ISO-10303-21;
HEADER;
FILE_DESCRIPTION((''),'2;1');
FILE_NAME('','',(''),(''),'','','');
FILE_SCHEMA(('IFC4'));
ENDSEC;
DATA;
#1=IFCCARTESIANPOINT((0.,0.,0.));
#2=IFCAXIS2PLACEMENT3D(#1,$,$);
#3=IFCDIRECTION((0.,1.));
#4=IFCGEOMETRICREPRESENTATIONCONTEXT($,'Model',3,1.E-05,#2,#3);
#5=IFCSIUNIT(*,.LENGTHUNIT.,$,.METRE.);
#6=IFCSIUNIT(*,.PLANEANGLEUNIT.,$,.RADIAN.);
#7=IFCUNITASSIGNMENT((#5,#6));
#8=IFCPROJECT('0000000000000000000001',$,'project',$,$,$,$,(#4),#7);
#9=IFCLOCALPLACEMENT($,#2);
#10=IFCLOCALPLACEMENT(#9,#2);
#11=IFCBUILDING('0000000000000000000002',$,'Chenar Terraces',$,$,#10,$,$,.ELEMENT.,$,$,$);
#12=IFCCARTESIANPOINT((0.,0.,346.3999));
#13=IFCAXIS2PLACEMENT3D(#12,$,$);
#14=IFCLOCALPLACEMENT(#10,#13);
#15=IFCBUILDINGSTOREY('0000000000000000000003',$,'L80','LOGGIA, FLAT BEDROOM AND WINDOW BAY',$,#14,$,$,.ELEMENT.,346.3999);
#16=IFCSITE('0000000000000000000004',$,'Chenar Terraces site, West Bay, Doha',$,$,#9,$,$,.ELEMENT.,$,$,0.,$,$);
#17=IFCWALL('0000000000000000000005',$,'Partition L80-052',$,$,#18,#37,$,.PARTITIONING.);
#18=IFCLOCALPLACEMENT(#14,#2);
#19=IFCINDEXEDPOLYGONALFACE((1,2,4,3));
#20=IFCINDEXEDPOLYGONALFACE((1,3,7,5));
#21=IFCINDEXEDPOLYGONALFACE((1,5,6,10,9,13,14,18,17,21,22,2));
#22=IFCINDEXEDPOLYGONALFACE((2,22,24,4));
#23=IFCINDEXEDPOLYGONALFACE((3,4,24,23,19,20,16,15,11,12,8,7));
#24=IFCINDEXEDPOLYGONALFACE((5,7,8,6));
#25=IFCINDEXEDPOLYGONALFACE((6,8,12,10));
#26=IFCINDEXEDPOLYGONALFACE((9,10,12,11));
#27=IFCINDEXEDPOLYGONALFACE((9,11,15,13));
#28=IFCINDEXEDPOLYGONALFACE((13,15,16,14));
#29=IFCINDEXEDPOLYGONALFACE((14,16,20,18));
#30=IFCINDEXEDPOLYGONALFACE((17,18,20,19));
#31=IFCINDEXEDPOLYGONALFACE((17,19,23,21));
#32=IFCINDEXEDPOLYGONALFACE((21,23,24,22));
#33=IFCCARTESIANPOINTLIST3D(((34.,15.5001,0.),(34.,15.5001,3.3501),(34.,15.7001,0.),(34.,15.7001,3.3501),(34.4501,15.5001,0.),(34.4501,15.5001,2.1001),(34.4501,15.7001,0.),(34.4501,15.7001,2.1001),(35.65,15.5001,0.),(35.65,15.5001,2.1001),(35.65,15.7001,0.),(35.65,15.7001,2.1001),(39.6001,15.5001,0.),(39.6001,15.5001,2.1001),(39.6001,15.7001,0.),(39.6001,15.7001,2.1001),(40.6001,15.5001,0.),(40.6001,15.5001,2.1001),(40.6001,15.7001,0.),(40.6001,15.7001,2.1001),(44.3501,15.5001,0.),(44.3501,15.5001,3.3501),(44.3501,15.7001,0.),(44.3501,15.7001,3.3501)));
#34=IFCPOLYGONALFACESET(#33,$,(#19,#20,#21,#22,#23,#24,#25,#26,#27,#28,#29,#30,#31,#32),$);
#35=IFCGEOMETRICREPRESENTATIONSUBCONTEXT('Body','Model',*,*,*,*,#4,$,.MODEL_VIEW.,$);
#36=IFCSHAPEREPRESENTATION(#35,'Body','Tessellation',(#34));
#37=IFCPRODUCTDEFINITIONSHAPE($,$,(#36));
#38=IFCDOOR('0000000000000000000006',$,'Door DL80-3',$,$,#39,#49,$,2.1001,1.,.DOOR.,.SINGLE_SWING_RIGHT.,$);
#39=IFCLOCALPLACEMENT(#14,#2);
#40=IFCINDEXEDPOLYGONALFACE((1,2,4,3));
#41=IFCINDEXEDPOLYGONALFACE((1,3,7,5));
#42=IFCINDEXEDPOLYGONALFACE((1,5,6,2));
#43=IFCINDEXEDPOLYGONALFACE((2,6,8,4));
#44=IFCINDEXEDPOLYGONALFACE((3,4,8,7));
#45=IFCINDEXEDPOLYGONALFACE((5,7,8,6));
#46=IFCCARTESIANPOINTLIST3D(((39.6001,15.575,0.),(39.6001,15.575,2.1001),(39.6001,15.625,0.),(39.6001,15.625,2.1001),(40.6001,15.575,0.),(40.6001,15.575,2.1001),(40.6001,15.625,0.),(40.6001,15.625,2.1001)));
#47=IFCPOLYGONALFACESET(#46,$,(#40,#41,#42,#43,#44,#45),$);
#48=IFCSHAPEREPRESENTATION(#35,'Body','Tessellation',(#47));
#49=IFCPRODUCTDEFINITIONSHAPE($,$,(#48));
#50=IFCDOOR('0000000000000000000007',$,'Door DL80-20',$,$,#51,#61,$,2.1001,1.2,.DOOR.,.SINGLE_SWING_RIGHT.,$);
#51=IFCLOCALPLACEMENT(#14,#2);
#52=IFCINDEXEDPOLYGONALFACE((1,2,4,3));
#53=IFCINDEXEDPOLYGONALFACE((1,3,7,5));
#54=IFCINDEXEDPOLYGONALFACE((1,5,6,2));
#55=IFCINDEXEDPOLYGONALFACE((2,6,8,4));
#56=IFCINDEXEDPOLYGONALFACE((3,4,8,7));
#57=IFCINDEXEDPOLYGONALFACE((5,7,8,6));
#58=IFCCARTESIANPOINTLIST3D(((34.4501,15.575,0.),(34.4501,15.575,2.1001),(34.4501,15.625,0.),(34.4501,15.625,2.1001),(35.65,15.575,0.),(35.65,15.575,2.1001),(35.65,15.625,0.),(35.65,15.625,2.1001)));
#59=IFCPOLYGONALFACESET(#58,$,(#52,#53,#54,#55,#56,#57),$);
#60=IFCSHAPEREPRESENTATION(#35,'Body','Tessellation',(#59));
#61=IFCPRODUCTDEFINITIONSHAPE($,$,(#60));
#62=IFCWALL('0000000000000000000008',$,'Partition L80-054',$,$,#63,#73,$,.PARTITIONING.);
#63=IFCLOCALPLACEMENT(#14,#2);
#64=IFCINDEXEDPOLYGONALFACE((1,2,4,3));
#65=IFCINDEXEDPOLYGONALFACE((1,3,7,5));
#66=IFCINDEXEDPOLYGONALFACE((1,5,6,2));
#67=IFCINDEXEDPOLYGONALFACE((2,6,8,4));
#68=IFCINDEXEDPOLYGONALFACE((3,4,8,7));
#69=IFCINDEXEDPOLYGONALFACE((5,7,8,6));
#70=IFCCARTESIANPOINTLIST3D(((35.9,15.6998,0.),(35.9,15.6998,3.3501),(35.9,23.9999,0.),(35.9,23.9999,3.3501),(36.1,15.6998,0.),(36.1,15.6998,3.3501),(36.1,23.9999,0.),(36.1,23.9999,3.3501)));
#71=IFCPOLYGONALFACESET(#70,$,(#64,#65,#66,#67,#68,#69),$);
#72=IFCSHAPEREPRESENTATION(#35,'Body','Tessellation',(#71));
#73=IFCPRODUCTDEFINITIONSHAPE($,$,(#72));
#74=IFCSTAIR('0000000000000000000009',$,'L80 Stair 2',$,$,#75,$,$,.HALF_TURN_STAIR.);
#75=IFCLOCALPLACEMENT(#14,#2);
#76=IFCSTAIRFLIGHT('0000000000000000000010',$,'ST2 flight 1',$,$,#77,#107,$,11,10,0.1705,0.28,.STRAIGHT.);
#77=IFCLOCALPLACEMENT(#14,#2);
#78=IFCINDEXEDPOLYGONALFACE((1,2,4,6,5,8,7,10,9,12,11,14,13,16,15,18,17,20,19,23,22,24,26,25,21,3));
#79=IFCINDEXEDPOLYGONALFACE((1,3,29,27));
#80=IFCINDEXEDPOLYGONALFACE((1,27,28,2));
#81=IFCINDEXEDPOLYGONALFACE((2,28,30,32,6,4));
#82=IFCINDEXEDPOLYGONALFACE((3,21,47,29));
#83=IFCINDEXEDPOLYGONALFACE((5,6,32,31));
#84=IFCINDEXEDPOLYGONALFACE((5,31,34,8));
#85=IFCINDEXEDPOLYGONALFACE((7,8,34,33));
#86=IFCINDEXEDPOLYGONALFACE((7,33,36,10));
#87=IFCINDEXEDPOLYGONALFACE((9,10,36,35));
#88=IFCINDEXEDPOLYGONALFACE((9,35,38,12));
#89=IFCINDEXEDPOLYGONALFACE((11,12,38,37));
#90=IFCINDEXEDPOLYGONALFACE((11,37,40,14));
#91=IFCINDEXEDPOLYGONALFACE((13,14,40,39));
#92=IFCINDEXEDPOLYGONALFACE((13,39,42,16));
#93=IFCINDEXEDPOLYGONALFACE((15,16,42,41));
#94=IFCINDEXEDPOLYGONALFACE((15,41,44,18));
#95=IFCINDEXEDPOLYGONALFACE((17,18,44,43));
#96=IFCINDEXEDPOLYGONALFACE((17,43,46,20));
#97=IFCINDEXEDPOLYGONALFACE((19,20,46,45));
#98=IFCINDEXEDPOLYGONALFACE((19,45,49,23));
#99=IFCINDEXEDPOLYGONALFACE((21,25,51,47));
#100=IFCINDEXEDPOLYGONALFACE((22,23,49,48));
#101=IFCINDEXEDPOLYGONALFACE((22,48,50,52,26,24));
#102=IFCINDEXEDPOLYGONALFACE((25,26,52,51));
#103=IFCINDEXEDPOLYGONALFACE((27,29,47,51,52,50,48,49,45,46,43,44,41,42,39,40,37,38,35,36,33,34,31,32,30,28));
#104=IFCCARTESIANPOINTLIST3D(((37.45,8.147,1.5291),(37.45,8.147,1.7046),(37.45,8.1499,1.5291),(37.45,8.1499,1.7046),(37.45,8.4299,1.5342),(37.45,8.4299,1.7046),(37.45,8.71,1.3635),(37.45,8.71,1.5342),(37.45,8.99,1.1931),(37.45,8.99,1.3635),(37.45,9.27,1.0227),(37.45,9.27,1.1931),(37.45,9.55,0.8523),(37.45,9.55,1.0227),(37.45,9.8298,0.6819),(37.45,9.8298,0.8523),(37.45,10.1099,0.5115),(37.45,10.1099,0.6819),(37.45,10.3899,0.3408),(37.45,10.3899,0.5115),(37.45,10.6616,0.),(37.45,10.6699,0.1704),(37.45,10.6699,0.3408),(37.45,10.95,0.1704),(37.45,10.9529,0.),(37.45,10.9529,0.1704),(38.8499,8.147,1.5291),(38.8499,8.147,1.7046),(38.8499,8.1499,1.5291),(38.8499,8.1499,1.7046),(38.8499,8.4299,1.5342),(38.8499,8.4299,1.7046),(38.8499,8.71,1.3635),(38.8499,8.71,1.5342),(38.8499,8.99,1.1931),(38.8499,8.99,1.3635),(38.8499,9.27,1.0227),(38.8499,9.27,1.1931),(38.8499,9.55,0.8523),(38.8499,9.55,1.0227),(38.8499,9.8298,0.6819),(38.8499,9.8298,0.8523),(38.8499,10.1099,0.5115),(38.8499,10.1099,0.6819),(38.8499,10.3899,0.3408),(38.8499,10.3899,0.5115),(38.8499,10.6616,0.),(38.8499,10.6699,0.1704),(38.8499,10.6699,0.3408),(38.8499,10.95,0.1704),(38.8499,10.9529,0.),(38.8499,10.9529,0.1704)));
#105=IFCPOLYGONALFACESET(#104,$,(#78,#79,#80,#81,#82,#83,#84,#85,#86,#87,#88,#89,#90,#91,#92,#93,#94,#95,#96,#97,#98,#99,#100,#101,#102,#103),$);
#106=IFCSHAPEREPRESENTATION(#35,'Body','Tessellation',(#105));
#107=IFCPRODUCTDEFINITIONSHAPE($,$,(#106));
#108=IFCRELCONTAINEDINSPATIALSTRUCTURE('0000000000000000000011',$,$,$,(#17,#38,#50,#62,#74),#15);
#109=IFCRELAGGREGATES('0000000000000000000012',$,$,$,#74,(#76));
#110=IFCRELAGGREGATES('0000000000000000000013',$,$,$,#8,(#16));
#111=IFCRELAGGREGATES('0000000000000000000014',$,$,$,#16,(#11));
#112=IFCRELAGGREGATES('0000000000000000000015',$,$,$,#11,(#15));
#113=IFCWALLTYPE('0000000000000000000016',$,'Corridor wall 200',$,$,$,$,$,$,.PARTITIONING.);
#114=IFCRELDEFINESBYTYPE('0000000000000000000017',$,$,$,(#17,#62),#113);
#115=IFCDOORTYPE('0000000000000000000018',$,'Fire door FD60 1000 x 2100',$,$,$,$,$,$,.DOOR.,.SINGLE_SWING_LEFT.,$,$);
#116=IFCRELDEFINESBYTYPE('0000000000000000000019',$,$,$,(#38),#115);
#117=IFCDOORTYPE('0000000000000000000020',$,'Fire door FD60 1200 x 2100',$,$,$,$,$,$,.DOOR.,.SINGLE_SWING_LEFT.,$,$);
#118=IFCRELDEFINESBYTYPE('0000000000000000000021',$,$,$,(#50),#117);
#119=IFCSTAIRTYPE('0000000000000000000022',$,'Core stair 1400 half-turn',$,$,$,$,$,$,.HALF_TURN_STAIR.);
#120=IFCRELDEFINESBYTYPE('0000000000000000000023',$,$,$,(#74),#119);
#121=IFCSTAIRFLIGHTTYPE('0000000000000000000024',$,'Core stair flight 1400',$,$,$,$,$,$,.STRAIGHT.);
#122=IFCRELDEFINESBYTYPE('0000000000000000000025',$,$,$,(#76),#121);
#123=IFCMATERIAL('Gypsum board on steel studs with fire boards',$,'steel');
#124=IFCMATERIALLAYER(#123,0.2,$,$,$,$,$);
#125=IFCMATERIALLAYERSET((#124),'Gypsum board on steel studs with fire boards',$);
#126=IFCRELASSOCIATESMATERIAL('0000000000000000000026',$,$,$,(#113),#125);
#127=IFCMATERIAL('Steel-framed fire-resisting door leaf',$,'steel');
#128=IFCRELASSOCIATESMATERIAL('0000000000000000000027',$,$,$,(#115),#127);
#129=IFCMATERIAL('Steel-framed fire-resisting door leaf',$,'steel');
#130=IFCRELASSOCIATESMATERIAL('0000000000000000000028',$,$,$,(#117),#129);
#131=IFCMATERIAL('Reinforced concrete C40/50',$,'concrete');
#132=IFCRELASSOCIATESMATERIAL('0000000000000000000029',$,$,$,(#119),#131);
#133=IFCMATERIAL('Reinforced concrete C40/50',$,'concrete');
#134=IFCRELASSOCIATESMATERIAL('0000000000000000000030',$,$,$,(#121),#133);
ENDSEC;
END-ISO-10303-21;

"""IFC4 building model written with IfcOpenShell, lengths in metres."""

from ifc_helpers import new_model, si_unit, direction, frame, frame_2d, origin, place, context, subcontext, project, spatial, polyline, rectangle, outline, extrude, material, layer, layer_set, type_object, element, fill, aggregate, save


model = new_model("IFC4")

# Units and contexts
model_context = context("Model", 3, precision=1e-05, world=origin(), true_north=direction((0.0, 1.0)))
body_context = subcontext(model_context, "Body", "Model", "MODEL_VIEW")
ifc_project = project(units=[si_unit("LENGTHUNIT", "METRE"), si_unit("PLANEANGLEUNIT", "RADIAN")], contexts=[model_context])

# Site, building, storey
site_placement = place(None, origin())
site = spatial("IfcSite", under=ifc_project, at=site_placement, Name="Chenar Terraces site, West Bay, Doha", CompositionType="ELEMENT", RefElevation=0.0)
building_placement = place(site_placement, origin())
building = spatial("IfcBuilding", under=site, at=building_placement, Name="Chenar Terraces", CompositionType="ELEMENT")
storey_placement = place(building_placement, frame((0.0, 0.0, 346.3999)))
storey = spatial("IfcBuildingStorey", under=building, at=storey_placement, Name="L80", Description="LOGGIA, FLAT BEDROOM AND WINDOW BAY", CompositionType="ELEMENT", Elevation=346.3999)

# Shared definitions
ifc_material_1 = material(Name="Gypsum board on steel studs with fire boards", Category="steel")
ifc_layer_1 = layer(ifc_material_1, 0.2)
ifc_layer_set_1 = layer_set([ifc_layer_1], Name="Gypsum board on steel studs with fire boards")
wall_type_1 = type_object("IfcWallType", Name="Corridor wall 200", PredefinedType="PARTITIONING", material=ifc_layer_set_1)

# Wall, openings, doors
wall_1_placement = place(storey_placement, frame((34.0, 15.6001, 0.0), z_axis=(0.0, 0.0, 1.0), x_axis=(1.0, 0.0, 0.0)))
wall_1 = element("IfcWall", 1, at=wall_1_placement, inside=storey, type_object=wall_type_1, Name="Partition L80-052", PredefinedType="PARTITIONING", context=body_context, shape_type="SweptSolid", body=[
    extrude(rectangle(XDim=10.3501, YDim=0.2, at=frame_2d((5.175, 0.0))), origin(), (0.0, 0.0, 1.0), 3.3501),
])
opening_1_placement = place(wall_1_placement, frame((5.6001, 0.0, 0.0)))
opening_1 = element("IfcOpeningElement", 2, at=opening_1_placement, cuts=wall_1, PredefinedType="OPENING", context=body_context, shape_type="SweptSolid", body=[
    extrude(rectangle(XDim=1.0, YDim=2.1001, at=frame_2d((0.5, 1.05))), frame((0.0, 0.1099, 0.0), z_axis=(0.0, -1.0, 0.0), x_axis=(1.0, 0.0, 0.0)), (0.0, 0.0, 1.0), 0.22),
])
opening_2_placement = place(wall_1_placement, frame((0.45, 0.0, 0.0)))
opening_2 = element("IfcOpeningElement", 3, at=opening_2_placement, cuts=wall_1, PredefinedType="OPENING", context=body_context, shape_type="SweptSolid", body=[
    extrude(rectangle(XDim=1.2, YDim=2.1001, at=frame_2d((0.6001, 1.05))), frame((0.0, 0.1099, 0.0), z_axis=(0.0, -1.0, 0.0), x_axis=(1.0, 0.0, 0.0)), (0.0, 0.0, 1.0), 0.22),
])
ifc_material_2 = material(Name="Steel-framed fire-resisting door leaf", Category="steel")
door_type_1 = type_object("IfcDoorType", Name="Fire door FD60 1000 x 2100", OperationType="SINGLE_SWING_LEFT", PredefinedType="DOOR", material=ifc_material_2)
door_1_placement = place(opening_1_placement, origin())
door_1 = element("IfcDoor", 4, at=door_1_placement, inside=storey, type_object=door_type_1, Name="Door DL80-3", OperationType="SINGLE_SWING_RIGHT", OverallHeight=2.1001, OverallWidth=1.0, PredefinedType="DOOR", context=body_context, shape_type="SweptSolid", body=[
    extrude(rectangle(XDim=1.0, YDim=2.1001, at=frame_2d((0.5, 1.05))), frame((0.0, 0.0249, 0.0), z_axis=(0.0, -1.0, 0.0), x_axis=(1.0, 0.0, 0.0)), (0.0, 0.0, 1.0), 0.05),
])
fill(opening_1, door_1)
ifc_material_3 = material(Name="Steel-framed fire-resisting door leaf", Category="steel")
door_type_2 = type_object("IfcDoorType", Name="Fire door FD60 1200 x 2100", OperationType="SINGLE_SWING_LEFT", PredefinedType="DOOR", material=ifc_material_3)
door_2_placement = place(opening_2_placement, origin())
door_2 = element("IfcDoor", 5, at=door_2_placement, inside=storey, type_object=door_type_2, Name="Door DL80-20", OperationType="SINGLE_SWING_RIGHT", OverallHeight=2.1001, OverallWidth=1.2, PredefinedType="DOOR", context=body_context, shape_type="SweptSolid", body=[
    extrude(rectangle(XDim=1.2, YDim=2.1001, at=frame_2d((0.6001, 1.05))), frame((0.0, 0.0249, 0.0), z_axis=(0.0, -1.0, 0.0), x_axis=(1.0, 0.0, 0.0)), (0.0, 0.0, 1.0), 0.05),
])
fill(opening_2, door_2)

# Wall
wall_2_placement = place(storey_placement, frame((36.0, 15.7, 0.0), z_axis=(0.0, 0.0, 1.0), x_axis=(0.0, 1.0, 0.0)))
element("IfcWall", 6, at=wall_2_placement, inside=storey, type_object=wall_type_1, Name="Partition L80-054", PredefinedType="PARTITIONING", context=body_context, shape_type="SweptSolid", body=[
    extrude(rectangle(XDim=8.3, YDim=0.2, at=frame_2d((4.1499, 0.0))), origin(), (0.0, 0.0, 1.0), 3.3501),
])

# Stair, stair flight
ifc_material_4 = material(Name="Reinforced concrete C40/50", Category="concrete")
stair_type = type_object("IfcStairType", Name="Core stair 1400 half-turn", PredefinedType="HALF_TURN_STAIR", material=ifc_material_4)
stair_placement = place(storey_placement, origin())
stair = element("IfcStair", 7, at=stair_placement, inside=storey, type_object=stair_type, Name="L80 Stair 2", PredefinedType="HALF_TURN_STAIR")
ifc_material_5 = material(Name="Reinforced concrete C40/50", Category="concrete")
stair_flight_type = type_object("IfcStairFlightType", Name="Core stair flight 1400", PredefinedType="STRAIGHT", material=ifc_material_5)
stair_flight_placement = place(storey_placement, frame((38.1499, 10.95, 0.0), z_axis=(0.0, 0.0, 1.0), x_axis=(0.0, -1.0, 0.0)))
stair_flight = element("IfcStairFlight", 8, at=stair_flight_placement, type_object=stair_flight_type, Name="ST2 flight 1", NumberOfRisers=11, NumberOfTreads=10, PredefinedType="STRAIGHT", RiserHeight=0.1705, TreadLength=0.28, context=body_context, shape_type="SweptSolid", body=[
    extrude(outline(polyline([(-0.0029, 0.0), (-0.0029, 0.1704), (0.0, 0.1704), (0.28, 0.1704), (0.28, 0.3408), (0.5601, 0.3408), (0.5601, 0.5115), (0.8401, 0.5115), (0.8401, 0.6819), (1.1201, 0.6819), (1.1201, 0.8523), (1.3999, 0.8523), (1.3999, 1.0227), (1.6799, 1.0227), (1.6799, 1.1931), (1.96, 1.1931), (1.96, 1.3635), (2.24, 1.3635), (2.24, 1.5342), (2.52, 1.5342), (2.52, 1.7046), (2.8, 1.7046), (2.803, 1.7046), (2.803, 1.5291), (2.8, 1.5291), (0.2883, 0.0), (-0.0029, 0.0)])), frame((0.0, 0.7, 0.0), z_axis=(0.0, -1.0, 0.0), x_axis=(1.0, 0.0, 0.0)), (0.0, 0.0, 1.0), 1.3999),
])
aggregate(stair, [stair_flight])

save(model, "model.ifc")
